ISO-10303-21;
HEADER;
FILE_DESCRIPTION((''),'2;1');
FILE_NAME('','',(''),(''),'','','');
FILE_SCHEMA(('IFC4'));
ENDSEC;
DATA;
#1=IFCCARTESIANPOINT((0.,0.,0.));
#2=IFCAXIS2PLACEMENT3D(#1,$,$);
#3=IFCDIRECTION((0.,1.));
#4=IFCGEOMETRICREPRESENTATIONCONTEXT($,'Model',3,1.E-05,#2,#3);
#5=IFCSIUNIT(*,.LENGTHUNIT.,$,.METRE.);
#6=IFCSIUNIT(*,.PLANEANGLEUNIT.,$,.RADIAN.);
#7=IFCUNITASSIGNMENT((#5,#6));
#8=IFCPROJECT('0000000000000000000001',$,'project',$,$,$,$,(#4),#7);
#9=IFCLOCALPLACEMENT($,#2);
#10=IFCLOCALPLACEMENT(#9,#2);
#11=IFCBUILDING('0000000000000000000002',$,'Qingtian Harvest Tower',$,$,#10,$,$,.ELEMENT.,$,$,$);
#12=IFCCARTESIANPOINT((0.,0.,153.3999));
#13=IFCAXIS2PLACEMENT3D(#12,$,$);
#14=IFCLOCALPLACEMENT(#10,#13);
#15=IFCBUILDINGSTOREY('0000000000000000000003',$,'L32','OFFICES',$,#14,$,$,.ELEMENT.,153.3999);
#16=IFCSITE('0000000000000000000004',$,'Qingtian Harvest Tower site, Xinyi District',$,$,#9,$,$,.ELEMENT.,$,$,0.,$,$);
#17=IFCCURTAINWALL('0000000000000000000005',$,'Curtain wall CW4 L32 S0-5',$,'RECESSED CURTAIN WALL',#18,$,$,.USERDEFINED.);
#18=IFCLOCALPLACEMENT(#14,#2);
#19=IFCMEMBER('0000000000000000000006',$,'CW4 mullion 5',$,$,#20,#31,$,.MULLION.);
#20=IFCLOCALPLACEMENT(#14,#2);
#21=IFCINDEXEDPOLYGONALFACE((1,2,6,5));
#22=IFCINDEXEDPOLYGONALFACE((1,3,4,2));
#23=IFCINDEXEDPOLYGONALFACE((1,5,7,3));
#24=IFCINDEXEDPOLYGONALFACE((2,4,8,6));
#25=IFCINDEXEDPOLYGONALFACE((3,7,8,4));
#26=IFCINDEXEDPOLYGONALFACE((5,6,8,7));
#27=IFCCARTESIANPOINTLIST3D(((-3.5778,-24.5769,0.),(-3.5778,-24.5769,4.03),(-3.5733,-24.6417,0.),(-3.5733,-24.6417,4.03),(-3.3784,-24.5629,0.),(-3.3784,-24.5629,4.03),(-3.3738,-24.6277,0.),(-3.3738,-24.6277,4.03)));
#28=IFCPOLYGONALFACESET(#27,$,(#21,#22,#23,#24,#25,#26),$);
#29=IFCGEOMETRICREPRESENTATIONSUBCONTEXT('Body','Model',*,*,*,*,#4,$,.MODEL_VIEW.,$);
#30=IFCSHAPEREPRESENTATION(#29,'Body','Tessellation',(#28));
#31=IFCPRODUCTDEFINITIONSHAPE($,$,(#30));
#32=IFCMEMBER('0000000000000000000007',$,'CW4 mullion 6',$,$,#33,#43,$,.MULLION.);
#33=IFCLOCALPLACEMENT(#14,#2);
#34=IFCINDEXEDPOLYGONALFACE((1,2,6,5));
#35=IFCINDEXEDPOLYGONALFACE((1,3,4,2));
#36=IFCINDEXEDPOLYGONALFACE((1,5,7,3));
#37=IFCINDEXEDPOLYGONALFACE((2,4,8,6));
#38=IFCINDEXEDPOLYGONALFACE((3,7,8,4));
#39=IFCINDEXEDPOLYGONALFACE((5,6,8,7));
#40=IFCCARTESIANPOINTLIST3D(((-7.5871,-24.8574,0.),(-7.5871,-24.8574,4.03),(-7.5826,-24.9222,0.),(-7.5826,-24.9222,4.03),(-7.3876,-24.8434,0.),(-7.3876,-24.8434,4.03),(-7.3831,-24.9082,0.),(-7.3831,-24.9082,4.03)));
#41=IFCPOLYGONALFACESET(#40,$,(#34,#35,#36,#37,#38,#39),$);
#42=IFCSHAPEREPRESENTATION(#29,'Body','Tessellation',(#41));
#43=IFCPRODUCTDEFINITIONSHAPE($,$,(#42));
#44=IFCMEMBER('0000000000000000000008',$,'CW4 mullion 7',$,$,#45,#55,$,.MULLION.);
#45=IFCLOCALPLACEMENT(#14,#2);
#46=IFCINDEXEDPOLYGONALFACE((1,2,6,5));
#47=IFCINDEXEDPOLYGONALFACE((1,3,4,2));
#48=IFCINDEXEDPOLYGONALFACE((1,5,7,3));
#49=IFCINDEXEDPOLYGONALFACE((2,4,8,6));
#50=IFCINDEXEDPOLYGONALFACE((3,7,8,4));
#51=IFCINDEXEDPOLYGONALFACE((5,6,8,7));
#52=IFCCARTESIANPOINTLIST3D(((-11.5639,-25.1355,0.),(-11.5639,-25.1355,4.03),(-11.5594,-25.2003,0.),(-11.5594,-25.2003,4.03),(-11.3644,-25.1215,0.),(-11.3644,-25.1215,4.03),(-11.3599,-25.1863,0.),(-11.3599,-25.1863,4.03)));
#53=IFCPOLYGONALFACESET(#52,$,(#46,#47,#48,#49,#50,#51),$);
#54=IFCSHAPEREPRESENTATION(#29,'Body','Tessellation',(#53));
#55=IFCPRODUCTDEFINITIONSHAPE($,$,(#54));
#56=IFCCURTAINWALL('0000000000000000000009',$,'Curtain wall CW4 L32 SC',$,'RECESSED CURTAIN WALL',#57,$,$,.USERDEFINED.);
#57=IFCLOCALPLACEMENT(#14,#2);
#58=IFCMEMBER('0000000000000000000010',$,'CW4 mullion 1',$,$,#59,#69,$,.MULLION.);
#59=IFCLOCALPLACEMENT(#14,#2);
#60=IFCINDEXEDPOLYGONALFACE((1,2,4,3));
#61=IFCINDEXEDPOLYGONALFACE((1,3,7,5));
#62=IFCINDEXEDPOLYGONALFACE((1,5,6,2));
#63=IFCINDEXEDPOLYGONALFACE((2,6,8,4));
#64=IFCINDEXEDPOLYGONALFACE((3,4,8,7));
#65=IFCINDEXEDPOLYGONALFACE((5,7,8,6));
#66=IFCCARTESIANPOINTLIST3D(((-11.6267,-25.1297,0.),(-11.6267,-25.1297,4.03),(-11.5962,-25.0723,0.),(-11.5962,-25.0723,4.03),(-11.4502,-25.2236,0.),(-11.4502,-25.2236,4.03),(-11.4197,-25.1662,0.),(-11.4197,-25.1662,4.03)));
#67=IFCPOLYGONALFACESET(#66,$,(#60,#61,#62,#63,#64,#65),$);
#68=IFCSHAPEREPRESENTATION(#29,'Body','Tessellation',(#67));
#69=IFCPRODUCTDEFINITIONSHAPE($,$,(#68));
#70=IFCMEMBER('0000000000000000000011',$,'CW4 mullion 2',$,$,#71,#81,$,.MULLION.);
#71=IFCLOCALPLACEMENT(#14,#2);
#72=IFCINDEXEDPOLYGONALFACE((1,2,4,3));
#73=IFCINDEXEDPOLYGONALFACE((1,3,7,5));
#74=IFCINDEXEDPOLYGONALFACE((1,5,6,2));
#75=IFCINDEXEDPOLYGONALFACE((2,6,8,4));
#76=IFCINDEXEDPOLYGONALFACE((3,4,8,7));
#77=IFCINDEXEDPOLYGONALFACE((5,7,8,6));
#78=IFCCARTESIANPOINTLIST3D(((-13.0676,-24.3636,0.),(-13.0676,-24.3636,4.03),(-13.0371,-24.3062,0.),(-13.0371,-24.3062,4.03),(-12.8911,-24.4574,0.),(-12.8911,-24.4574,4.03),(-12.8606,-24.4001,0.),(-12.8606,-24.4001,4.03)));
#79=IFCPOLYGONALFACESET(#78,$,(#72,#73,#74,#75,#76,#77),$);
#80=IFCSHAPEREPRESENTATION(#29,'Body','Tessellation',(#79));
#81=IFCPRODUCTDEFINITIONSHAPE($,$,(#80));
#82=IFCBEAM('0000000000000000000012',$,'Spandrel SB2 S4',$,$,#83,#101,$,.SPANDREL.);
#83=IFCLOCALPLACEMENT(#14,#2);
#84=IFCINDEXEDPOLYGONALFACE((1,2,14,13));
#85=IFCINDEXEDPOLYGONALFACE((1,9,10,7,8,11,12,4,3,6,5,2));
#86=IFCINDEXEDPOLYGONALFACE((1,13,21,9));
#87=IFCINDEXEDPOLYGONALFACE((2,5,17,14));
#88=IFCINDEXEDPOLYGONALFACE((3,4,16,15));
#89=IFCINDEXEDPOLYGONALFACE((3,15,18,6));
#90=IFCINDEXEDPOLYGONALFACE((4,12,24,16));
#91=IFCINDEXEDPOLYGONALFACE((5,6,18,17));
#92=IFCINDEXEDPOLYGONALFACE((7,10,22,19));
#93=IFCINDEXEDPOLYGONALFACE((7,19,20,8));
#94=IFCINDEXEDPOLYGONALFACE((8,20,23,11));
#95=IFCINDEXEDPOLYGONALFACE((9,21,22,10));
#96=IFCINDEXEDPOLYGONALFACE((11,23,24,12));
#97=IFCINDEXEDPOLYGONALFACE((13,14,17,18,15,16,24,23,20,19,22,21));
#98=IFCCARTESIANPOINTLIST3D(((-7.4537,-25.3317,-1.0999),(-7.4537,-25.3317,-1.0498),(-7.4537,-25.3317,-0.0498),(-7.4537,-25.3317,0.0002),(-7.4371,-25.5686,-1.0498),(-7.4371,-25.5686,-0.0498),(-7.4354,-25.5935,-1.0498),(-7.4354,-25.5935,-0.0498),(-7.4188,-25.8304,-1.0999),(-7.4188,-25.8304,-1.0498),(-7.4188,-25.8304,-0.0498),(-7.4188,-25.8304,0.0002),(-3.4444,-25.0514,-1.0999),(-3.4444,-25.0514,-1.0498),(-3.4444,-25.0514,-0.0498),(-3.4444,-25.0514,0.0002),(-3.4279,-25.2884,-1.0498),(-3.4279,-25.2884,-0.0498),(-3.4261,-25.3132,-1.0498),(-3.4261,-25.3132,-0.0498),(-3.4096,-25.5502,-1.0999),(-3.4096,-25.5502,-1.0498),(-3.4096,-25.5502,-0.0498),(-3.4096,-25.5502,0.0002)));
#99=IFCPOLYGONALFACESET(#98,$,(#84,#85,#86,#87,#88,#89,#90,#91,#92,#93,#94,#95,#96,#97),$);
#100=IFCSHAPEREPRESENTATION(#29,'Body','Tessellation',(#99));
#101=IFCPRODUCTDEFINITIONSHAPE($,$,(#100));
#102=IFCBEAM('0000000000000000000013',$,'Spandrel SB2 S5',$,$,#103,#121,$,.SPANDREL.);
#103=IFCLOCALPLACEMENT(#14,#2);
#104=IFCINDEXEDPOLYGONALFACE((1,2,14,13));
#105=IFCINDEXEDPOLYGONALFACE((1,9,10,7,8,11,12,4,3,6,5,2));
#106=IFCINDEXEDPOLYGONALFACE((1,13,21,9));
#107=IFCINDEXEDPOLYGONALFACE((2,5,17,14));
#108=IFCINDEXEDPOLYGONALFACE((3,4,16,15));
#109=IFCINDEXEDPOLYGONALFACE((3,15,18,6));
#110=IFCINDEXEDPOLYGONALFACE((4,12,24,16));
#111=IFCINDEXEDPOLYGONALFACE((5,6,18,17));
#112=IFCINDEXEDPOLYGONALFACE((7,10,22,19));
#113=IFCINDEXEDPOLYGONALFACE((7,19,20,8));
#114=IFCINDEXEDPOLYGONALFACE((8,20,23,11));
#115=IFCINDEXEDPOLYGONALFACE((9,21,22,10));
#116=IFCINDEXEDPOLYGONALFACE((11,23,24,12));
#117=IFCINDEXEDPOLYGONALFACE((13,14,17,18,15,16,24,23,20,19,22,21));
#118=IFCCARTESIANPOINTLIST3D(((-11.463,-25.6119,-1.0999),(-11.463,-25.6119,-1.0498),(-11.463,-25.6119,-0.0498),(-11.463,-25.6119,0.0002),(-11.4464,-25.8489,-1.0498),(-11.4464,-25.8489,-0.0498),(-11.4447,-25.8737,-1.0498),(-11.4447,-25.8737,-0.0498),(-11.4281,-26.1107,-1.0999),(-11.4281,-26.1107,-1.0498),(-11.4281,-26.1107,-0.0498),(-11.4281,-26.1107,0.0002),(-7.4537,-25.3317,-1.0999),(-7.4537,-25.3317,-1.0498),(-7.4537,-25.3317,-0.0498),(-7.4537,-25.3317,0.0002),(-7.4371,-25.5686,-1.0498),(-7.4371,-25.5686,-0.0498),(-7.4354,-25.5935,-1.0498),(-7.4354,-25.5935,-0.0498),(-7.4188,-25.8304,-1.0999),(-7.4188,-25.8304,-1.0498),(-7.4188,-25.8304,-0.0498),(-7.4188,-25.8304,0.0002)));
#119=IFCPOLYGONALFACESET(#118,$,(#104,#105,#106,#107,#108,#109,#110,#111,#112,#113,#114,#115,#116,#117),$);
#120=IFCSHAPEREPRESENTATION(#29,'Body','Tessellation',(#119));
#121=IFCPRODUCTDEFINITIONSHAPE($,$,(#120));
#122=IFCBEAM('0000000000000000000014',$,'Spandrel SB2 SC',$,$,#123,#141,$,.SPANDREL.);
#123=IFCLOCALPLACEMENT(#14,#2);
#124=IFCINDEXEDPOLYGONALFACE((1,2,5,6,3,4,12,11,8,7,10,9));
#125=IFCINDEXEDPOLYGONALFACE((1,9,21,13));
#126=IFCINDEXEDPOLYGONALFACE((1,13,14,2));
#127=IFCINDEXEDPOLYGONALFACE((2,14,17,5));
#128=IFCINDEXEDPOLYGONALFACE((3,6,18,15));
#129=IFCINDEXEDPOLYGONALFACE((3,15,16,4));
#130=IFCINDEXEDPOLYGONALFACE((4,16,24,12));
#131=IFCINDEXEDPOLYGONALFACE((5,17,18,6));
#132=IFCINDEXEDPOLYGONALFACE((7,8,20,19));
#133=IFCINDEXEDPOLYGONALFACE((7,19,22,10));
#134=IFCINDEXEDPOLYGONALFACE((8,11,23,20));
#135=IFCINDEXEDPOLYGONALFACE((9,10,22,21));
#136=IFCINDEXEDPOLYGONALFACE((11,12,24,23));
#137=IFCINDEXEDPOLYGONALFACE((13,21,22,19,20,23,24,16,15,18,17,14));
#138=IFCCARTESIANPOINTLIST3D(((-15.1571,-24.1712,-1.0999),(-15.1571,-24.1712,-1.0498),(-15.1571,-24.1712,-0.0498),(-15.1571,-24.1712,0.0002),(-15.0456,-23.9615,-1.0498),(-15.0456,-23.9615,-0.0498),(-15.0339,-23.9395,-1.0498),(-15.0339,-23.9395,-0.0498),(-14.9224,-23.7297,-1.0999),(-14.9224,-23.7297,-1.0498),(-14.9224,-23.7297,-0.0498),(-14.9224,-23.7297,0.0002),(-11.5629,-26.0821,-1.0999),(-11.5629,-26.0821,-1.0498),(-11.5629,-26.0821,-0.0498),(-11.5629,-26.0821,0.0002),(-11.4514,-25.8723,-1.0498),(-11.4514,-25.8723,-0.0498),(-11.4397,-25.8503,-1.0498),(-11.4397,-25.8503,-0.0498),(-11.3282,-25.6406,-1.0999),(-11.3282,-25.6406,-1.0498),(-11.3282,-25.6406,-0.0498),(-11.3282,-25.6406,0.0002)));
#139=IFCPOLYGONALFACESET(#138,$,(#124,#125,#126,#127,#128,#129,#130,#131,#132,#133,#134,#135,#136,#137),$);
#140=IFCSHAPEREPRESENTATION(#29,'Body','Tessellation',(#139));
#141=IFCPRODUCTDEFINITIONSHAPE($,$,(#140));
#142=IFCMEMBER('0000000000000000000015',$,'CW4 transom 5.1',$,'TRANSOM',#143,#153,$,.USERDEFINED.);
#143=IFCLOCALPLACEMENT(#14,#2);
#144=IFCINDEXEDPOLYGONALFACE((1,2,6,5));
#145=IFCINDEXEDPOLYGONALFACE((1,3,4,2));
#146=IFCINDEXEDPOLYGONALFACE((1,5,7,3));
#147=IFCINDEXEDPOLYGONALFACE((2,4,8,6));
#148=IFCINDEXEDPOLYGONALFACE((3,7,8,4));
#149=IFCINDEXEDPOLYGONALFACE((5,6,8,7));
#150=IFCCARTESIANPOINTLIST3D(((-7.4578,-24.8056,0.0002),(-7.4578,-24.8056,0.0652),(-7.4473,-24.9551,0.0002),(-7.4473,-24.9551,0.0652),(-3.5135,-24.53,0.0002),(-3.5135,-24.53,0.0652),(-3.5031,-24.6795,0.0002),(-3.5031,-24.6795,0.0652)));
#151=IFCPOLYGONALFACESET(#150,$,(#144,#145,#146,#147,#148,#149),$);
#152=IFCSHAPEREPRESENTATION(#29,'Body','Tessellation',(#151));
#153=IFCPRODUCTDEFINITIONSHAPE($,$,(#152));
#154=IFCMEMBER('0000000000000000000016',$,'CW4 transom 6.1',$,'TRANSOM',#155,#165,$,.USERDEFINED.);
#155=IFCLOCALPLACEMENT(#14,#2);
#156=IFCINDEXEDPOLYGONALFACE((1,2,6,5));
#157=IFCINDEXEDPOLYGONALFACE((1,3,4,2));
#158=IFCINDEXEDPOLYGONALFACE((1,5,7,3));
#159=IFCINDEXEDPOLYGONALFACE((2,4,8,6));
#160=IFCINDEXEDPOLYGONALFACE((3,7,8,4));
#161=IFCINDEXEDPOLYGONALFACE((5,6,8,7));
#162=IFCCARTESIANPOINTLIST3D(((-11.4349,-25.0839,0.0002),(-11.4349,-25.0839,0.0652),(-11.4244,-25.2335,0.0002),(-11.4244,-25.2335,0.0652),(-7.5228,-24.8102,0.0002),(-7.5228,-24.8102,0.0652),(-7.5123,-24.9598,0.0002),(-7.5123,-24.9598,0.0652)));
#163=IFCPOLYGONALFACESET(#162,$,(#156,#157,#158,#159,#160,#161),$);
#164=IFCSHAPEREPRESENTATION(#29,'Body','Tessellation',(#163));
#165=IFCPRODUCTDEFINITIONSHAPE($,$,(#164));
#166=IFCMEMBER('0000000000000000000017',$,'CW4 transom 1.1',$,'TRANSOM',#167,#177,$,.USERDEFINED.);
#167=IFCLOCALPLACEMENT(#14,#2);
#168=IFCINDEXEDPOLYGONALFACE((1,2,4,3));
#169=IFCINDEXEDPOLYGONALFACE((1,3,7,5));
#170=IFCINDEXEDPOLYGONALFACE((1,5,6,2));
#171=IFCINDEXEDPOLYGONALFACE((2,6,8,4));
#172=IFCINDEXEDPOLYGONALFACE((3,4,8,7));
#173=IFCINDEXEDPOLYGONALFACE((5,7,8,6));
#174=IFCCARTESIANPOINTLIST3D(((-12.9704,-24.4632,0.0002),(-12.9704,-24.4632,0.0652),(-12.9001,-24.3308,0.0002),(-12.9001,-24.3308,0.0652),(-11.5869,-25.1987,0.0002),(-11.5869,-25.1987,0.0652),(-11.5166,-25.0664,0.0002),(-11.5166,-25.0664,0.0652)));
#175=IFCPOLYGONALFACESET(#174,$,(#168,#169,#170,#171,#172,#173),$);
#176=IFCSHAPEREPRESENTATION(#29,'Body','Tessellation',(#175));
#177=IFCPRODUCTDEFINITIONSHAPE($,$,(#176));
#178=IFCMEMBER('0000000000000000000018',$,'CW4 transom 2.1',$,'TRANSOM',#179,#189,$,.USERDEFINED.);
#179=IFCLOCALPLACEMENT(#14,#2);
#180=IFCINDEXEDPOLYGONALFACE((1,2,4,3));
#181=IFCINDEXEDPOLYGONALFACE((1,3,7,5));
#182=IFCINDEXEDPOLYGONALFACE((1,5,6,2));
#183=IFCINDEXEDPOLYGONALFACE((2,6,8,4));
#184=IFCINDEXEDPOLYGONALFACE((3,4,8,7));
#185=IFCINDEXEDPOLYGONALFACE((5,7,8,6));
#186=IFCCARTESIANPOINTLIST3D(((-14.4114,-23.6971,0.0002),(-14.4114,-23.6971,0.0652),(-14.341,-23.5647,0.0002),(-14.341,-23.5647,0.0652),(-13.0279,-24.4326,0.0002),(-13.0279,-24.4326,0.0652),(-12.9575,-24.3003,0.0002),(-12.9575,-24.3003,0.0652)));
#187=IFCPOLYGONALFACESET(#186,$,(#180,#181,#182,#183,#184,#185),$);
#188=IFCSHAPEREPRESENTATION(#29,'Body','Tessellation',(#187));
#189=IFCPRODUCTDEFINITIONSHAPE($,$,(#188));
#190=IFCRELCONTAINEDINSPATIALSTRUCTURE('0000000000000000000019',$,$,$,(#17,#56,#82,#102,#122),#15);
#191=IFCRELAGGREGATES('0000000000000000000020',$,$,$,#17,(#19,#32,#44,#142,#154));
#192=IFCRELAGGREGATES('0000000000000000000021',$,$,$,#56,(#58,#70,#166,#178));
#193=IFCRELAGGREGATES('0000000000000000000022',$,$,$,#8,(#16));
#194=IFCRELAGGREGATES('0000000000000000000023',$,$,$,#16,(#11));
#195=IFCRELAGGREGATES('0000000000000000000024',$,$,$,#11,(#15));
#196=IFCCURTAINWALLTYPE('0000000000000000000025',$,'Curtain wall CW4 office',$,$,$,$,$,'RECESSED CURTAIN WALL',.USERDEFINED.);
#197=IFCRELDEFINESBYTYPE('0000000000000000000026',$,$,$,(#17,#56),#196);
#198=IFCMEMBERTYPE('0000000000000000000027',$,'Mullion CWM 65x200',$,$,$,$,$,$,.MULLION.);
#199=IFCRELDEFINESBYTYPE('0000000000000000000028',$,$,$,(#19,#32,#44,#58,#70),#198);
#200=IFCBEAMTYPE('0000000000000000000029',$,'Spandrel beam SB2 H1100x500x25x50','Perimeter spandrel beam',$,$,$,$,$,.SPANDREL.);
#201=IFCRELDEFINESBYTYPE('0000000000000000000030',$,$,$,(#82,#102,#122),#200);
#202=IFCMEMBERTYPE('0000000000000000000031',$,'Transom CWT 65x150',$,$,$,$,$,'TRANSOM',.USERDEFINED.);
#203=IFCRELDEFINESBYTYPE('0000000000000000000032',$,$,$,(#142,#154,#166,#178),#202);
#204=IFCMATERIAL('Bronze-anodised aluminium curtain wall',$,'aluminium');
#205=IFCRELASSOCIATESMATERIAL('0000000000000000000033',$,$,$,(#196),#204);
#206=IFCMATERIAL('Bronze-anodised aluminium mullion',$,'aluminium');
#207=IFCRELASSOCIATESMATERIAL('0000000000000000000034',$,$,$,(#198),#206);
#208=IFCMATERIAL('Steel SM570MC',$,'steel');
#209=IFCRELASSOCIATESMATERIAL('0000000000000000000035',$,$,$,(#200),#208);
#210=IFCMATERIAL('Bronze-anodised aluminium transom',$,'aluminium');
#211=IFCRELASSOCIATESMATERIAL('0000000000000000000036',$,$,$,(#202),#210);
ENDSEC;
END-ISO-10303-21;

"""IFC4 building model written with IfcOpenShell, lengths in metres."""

from ifc_helpers import new_model, si_unit, direction, frame, origin, origin_2d, place, context, subcontext, project, spatial, rectangle, i_section, extrude, material, material_profile, profile_set, type_object, element, aggregate, save


model = new_model("IFC4")

# Units and contexts
model_context = context("Model", 3, precision=1e-05, world=origin(), true_north=direction((0.0, 1.0)))
body_context = subcontext(model_context, "Body", "Model", "MODEL_VIEW")
ifc_project = project(units=[si_unit("LENGTHUNIT", "METRE"), si_unit("PLANEANGLEUNIT", "RADIAN")], contexts=[model_context])

# Site, building, storey
site_placement = place(None, origin())
site = spatial("IfcSite", under=ifc_project, at=site_placement, Name="Qingtian Harvest Tower site, Xinyi District", CompositionType="ELEMENT", RefElevation=0.0)
building_placement = place(site_placement, origin())
building = spatial("IfcBuilding", under=site, at=building_placement, Name="Qingtian Harvest Tower", CompositionType="ELEMENT")
storey_placement = place(building_placement, frame((0.0, 0.0, 153.3999)))
storey = spatial("IfcBuildingStorey", under=building, at=storey_placement, Name="L32", Description="OFFICES", CompositionType="ELEMENT", Elevation=153.3999)

# Curtain walls, members
ifc_material_1 = material(Name="Bronze-anodised aluminium curtain wall", Category="aluminium")
curtain_wall_type = type_object("IfcCurtainWallType", Name="Curtain wall CW4 office", ElementType="RECESSED CURTAIN WALL", PredefinedType="USERDEFINED", material=ifc_material_1)
curtain_wall_1_placement = place(storey_placement, origin())
curtain_wall_1 = element("IfcCurtainWall", 1, at=curtain_wall_1_placement, inside=storey, type_object=curtain_wall_type, Name="Curtain wall CW4 L32 S0-5", ObjectType="RECESSED CURTAIN WALL", PredefinedType="USERDEFINED")
ifc_material_2 = material(Name="Bronze-anodised aluminium mullion", Category="aluminium")
ifc_material_profile_1 = material_profile(ifc_material_2, rectangle(XDim=0.0649, YDim=0.2, at=origin_2d()), Name="AL 65x200")
ifc_profile_set_1 = profile_set([ifc_material_profile_1], Name="Bronze-anodised aluminium mullion")
member_type_1 = type_object("IfcMemberType", Name="Mullion CWM 65x200", PredefinedType="MULLION", material=ifc_profile_set_1)
member_1_placement = place(storey_placement, frame((-3.4758, -24.6023, 0.0), z_axis=(0.0, 0.0, 1.0), x_axis=(0.069756, -0.997564, 0.0)))
member_1 = element("IfcMember", 2, at=member_1_placement, type_object=member_type_1, Name="CW4 mullion 5", PredefinedType="MULLION", context=body_context, shape_type="SweptSolid", body=[
    extrude(rectangle(XDim=0.0649, YDim=0.2, at=origin_2d()), origin(), (0.0, 0.0, 1.0), 4.03),
])
member_2_placement = place(storey_placement, frame((-7.4851, -24.8828, 0.0), z_axis=(0.0, 0.0, 1.0), x_axis=(0.069756, -0.997564, 0.0)))
member_2 = element("IfcMember", 3, at=member_2_placement, type_object=member_type_1, Name="CW4 mullion 6", PredefinedType="MULLION", context=body_context, shape_type="SweptSolid", body=[
    extrude(rectangle(XDim=0.0649, YDim=0.2, at=origin_2d()), origin(), (0.0, 0.0, 1.0), 4.03),
])
member_3_placement = place(storey_placement, frame((-11.4619, -25.1609, 0.0), z_axis=(0.0, 0.0, 1.0), x_axis=(0.069756, -0.997564, 0.0)))
member_3 = element("IfcMember", 4, at=member_3_placement, type_object=member_type_1, Name="CW4 mullion 7", PredefinedType="MULLION", context=body_context, shape_type="SweptSolid", body=[
    extrude(rectangle(XDim=0.0649, YDim=0.2, at=origin_2d()), origin(), (0.0, 0.0, 1.0), 4.03),
])
curtain_wall_2_placement = place(storey_placement, origin())
curtain_wall_2 = element("IfcCurtainWall", 5, at=curtain_wall_2_placement, inside=storey, type_object=curtain_wall_type, Name="Curtain wall CW4 L32 SC", ObjectType="RECESSED CURTAIN WALL", PredefinedType="USERDEFINED")
member_4_placement = place(storey_placement, frame((-11.5232, -25.1479, 0.0), z_axis=(0.0, 0.0, 1.0), x_axis=(-0.469472, -0.882948, 0.0)))
member_4 = element("IfcMember", 6, at=member_4_placement, type_object=member_type_1, Name="CW4 mullion 1", PredefinedType="MULLION", context=body_context, shape_type="SweptSolid", body=[
    extrude(rectangle(XDim=0.0649, YDim=0.2, at=origin_2d()), origin(), (0.0, 0.0, 1.0), 4.03),
])
member_5_placement = place(storey_placement, frame((-12.9641, -24.3818, 0.0), z_axis=(0.0, 0.0, 1.0), x_axis=(-0.469472, -0.882948, 0.0)))
member_5 = element("IfcMember", 7, at=member_5_placement, type_object=member_type_1, Name="CW4 mullion 2", PredefinedType="MULLION", context=body_context, shape_type="SweptSolid", body=[
    extrude(rectangle(XDim=0.0649, YDim=0.2, at=origin_2d()), origin(), (0.0, 0.0, 1.0), 4.03),
])

# Beams
ifc_material_3 = material(Name="Steel SM570MC", Category="steel")
ifc_material_profile_2 = material_profile(ifc_material_3, i_section(OverallWidth=0.5, OverallDepth=1.1001, WebThickness=0.0249, FlangeThickness=0.05, at=origin_2d()), Name="H1100x500x25x50")
ifc_profile_set_2 = profile_set([ifc_material_profile_2], Name="Steel SM570MC")
beam_type_1 = type_object("IfcBeamType", Name="Spandrel beam SB2 H1100x500x25x50", Description="Perimeter spandrel beam", PredefinedType="SPANDREL", material=ifc_profile_set_2)
for number, where, z_axis, x_axis, name in (
    (8, (-3.427, -25.3008, -0.5498), (-0.997565, -0.069736, 0.0), (0.069736, -0.997565, 0.0), "Spandrel SB2 S4"),
    (9, (-7.4363, -25.5811, -0.5498), (-0.997565, -0.069736, 0.0), (0.069736, -0.997565, 0.0), "Spandrel SB2 S5"),
):
    element("IfcBeam", number, at=place(storey_placement, frame(where, z_axis=z_axis, x_axis=x_axis)), inside=storey, type_object=beam_type_1, Name=name, PredefinedType="SPANDREL", context=body_context, shape_type="SweptSolid", body=[
        extrude(i_section(OverallWidth=0.5, OverallDepth=1.1001, WebThickness=0.0249, FlangeThickness=0.05, at=origin_2d()), origin(), (0.0, 0.0, 1.0), 4.019),
    ])
beam_1_placement = place(storey_placement, frame((-11.4456, -25.8613, -0.5498), z_axis=(-0.882968, 0.469433, 0.0), x_axis=(-0.469433, -0.882968, 0.0)))
element("IfcBeam", 10, at=beam_1_placement, inside=storey, type_object=beam_type_1, Name="Spandrel SB2 SC", PredefinedType="SPANDREL", context=body_context, shape_type="SweptSolid", body=[
    extrude(i_section(OverallWidth=0.5, OverallDepth=1.1001, WebThickness=0.0249, FlangeThickness=0.05, at=origin_2d()), origin(), (0.0, 0.0, 1.0), 4.0706),
])

# Members
ifc_material_4 = material(Name="Bronze-anodised aluminium transom", Category="aluminium")
ifc_material_profile_3 = material_profile(ifc_material_4, rectangle(XDim=0.1499, YDim=0.0649, at=origin_2d()), Name="AL 65x150")
ifc_profile_set_3 = profile_set([ifc_material_profile_3], Name="Bronze-anodised aluminium transom")
member_type_2 = type_object("IfcMemberType", Name="Transom CWT 65x150", ElementType="TRANSOM", PredefinedType="USERDEFINED", material=ifc_profile_set_3)
member_6_placement = place(storey_placement, frame((-3.5083, -24.6047, 0.0327), z_axis=(-0.997567, -0.069711, 0.0), x_axis=(0.069711, -0.997567, 0.0)))
member_6 = element("IfcMember", 11, at=member_6_placement, type_object=member_type_2, Name="CW4 transom 5.1", ObjectType="TRANSOM", PredefinedType="USERDEFINED", context=body_context, shape_type="SweptSolid", body=[
    extrude(rectangle(XDim=0.1499, YDim=0.0649, at=origin_2d()), origin(), (0.0, 0.0, 1.0), 3.9539),
])
member_7_placement = place(storey_placement, frame((-7.5176, -24.885, 0.0327), z_axis=(-0.997562, -0.069787, 0.0), x_axis=(0.069787, -0.997562, 0.0)))
member_7 = element("IfcMember", 12, at=member_7_placement, type_object=member_type_2, Name="CW4 transom 6.1", ObjectType="TRANSOM", PredefinedType="USERDEFINED", context=body_context, shape_type="SweptSolid", body=[
    extrude(rectangle(XDim=0.1499, YDim=0.0649, at=origin_2d()), origin(), (0.0, 0.0, 1.0), 3.9216),
])
member_8_placement = place(storey_placement, frame((-11.5518, -25.1326, 0.0327), z_axis=(-0.88296, 0.469448, 0.0), x_axis=(-0.469448, -0.88296, 0.0)))
member_8 = element("IfcMember", 13, at=member_8_placement, type_object=member_type_2, Name="CW4 transom 1.1", ObjectType="TRANSOM", PredefinedType="USERDEFINED", context=body_context, shape_type="SweptSolid", body=[
    extrude(rectangle(XDim=0.1499, YDim=0.0649, at=origin_2d()), origin(), (0.0, 0.0, 1.0), 1.5669),
])
member_9_placement = place(storey_placement, frame((-12.9927, -24.3665, 0.0327), z_axis=(-0.88296, 0.469448, 0.0), x_axis=(-0.469448, -0.88296, 0.0)))
member_9 = element("IfcMember", 14, at=member_9_placement, type_object=member_type_2, Name="CW4 transom 2.1", ObjectType="TRANSOM", PredefinedType="USERDEFINED", context=body_context, shape_type="SweptSolid", body=[
    extrude(rectangle(XDim=0.1499, YDim=0.0649, at=origin_2d()), origin(), (0.0, 0.0, 1.0), 1.5669),
])

aggregate(curtain_wall_1, [member_1, member_2, member_3, member_6, member_7])
aggregate(curtain_wall_2, [member_4, member_5, member_8, member_9])

save(model, "model.ifc")
